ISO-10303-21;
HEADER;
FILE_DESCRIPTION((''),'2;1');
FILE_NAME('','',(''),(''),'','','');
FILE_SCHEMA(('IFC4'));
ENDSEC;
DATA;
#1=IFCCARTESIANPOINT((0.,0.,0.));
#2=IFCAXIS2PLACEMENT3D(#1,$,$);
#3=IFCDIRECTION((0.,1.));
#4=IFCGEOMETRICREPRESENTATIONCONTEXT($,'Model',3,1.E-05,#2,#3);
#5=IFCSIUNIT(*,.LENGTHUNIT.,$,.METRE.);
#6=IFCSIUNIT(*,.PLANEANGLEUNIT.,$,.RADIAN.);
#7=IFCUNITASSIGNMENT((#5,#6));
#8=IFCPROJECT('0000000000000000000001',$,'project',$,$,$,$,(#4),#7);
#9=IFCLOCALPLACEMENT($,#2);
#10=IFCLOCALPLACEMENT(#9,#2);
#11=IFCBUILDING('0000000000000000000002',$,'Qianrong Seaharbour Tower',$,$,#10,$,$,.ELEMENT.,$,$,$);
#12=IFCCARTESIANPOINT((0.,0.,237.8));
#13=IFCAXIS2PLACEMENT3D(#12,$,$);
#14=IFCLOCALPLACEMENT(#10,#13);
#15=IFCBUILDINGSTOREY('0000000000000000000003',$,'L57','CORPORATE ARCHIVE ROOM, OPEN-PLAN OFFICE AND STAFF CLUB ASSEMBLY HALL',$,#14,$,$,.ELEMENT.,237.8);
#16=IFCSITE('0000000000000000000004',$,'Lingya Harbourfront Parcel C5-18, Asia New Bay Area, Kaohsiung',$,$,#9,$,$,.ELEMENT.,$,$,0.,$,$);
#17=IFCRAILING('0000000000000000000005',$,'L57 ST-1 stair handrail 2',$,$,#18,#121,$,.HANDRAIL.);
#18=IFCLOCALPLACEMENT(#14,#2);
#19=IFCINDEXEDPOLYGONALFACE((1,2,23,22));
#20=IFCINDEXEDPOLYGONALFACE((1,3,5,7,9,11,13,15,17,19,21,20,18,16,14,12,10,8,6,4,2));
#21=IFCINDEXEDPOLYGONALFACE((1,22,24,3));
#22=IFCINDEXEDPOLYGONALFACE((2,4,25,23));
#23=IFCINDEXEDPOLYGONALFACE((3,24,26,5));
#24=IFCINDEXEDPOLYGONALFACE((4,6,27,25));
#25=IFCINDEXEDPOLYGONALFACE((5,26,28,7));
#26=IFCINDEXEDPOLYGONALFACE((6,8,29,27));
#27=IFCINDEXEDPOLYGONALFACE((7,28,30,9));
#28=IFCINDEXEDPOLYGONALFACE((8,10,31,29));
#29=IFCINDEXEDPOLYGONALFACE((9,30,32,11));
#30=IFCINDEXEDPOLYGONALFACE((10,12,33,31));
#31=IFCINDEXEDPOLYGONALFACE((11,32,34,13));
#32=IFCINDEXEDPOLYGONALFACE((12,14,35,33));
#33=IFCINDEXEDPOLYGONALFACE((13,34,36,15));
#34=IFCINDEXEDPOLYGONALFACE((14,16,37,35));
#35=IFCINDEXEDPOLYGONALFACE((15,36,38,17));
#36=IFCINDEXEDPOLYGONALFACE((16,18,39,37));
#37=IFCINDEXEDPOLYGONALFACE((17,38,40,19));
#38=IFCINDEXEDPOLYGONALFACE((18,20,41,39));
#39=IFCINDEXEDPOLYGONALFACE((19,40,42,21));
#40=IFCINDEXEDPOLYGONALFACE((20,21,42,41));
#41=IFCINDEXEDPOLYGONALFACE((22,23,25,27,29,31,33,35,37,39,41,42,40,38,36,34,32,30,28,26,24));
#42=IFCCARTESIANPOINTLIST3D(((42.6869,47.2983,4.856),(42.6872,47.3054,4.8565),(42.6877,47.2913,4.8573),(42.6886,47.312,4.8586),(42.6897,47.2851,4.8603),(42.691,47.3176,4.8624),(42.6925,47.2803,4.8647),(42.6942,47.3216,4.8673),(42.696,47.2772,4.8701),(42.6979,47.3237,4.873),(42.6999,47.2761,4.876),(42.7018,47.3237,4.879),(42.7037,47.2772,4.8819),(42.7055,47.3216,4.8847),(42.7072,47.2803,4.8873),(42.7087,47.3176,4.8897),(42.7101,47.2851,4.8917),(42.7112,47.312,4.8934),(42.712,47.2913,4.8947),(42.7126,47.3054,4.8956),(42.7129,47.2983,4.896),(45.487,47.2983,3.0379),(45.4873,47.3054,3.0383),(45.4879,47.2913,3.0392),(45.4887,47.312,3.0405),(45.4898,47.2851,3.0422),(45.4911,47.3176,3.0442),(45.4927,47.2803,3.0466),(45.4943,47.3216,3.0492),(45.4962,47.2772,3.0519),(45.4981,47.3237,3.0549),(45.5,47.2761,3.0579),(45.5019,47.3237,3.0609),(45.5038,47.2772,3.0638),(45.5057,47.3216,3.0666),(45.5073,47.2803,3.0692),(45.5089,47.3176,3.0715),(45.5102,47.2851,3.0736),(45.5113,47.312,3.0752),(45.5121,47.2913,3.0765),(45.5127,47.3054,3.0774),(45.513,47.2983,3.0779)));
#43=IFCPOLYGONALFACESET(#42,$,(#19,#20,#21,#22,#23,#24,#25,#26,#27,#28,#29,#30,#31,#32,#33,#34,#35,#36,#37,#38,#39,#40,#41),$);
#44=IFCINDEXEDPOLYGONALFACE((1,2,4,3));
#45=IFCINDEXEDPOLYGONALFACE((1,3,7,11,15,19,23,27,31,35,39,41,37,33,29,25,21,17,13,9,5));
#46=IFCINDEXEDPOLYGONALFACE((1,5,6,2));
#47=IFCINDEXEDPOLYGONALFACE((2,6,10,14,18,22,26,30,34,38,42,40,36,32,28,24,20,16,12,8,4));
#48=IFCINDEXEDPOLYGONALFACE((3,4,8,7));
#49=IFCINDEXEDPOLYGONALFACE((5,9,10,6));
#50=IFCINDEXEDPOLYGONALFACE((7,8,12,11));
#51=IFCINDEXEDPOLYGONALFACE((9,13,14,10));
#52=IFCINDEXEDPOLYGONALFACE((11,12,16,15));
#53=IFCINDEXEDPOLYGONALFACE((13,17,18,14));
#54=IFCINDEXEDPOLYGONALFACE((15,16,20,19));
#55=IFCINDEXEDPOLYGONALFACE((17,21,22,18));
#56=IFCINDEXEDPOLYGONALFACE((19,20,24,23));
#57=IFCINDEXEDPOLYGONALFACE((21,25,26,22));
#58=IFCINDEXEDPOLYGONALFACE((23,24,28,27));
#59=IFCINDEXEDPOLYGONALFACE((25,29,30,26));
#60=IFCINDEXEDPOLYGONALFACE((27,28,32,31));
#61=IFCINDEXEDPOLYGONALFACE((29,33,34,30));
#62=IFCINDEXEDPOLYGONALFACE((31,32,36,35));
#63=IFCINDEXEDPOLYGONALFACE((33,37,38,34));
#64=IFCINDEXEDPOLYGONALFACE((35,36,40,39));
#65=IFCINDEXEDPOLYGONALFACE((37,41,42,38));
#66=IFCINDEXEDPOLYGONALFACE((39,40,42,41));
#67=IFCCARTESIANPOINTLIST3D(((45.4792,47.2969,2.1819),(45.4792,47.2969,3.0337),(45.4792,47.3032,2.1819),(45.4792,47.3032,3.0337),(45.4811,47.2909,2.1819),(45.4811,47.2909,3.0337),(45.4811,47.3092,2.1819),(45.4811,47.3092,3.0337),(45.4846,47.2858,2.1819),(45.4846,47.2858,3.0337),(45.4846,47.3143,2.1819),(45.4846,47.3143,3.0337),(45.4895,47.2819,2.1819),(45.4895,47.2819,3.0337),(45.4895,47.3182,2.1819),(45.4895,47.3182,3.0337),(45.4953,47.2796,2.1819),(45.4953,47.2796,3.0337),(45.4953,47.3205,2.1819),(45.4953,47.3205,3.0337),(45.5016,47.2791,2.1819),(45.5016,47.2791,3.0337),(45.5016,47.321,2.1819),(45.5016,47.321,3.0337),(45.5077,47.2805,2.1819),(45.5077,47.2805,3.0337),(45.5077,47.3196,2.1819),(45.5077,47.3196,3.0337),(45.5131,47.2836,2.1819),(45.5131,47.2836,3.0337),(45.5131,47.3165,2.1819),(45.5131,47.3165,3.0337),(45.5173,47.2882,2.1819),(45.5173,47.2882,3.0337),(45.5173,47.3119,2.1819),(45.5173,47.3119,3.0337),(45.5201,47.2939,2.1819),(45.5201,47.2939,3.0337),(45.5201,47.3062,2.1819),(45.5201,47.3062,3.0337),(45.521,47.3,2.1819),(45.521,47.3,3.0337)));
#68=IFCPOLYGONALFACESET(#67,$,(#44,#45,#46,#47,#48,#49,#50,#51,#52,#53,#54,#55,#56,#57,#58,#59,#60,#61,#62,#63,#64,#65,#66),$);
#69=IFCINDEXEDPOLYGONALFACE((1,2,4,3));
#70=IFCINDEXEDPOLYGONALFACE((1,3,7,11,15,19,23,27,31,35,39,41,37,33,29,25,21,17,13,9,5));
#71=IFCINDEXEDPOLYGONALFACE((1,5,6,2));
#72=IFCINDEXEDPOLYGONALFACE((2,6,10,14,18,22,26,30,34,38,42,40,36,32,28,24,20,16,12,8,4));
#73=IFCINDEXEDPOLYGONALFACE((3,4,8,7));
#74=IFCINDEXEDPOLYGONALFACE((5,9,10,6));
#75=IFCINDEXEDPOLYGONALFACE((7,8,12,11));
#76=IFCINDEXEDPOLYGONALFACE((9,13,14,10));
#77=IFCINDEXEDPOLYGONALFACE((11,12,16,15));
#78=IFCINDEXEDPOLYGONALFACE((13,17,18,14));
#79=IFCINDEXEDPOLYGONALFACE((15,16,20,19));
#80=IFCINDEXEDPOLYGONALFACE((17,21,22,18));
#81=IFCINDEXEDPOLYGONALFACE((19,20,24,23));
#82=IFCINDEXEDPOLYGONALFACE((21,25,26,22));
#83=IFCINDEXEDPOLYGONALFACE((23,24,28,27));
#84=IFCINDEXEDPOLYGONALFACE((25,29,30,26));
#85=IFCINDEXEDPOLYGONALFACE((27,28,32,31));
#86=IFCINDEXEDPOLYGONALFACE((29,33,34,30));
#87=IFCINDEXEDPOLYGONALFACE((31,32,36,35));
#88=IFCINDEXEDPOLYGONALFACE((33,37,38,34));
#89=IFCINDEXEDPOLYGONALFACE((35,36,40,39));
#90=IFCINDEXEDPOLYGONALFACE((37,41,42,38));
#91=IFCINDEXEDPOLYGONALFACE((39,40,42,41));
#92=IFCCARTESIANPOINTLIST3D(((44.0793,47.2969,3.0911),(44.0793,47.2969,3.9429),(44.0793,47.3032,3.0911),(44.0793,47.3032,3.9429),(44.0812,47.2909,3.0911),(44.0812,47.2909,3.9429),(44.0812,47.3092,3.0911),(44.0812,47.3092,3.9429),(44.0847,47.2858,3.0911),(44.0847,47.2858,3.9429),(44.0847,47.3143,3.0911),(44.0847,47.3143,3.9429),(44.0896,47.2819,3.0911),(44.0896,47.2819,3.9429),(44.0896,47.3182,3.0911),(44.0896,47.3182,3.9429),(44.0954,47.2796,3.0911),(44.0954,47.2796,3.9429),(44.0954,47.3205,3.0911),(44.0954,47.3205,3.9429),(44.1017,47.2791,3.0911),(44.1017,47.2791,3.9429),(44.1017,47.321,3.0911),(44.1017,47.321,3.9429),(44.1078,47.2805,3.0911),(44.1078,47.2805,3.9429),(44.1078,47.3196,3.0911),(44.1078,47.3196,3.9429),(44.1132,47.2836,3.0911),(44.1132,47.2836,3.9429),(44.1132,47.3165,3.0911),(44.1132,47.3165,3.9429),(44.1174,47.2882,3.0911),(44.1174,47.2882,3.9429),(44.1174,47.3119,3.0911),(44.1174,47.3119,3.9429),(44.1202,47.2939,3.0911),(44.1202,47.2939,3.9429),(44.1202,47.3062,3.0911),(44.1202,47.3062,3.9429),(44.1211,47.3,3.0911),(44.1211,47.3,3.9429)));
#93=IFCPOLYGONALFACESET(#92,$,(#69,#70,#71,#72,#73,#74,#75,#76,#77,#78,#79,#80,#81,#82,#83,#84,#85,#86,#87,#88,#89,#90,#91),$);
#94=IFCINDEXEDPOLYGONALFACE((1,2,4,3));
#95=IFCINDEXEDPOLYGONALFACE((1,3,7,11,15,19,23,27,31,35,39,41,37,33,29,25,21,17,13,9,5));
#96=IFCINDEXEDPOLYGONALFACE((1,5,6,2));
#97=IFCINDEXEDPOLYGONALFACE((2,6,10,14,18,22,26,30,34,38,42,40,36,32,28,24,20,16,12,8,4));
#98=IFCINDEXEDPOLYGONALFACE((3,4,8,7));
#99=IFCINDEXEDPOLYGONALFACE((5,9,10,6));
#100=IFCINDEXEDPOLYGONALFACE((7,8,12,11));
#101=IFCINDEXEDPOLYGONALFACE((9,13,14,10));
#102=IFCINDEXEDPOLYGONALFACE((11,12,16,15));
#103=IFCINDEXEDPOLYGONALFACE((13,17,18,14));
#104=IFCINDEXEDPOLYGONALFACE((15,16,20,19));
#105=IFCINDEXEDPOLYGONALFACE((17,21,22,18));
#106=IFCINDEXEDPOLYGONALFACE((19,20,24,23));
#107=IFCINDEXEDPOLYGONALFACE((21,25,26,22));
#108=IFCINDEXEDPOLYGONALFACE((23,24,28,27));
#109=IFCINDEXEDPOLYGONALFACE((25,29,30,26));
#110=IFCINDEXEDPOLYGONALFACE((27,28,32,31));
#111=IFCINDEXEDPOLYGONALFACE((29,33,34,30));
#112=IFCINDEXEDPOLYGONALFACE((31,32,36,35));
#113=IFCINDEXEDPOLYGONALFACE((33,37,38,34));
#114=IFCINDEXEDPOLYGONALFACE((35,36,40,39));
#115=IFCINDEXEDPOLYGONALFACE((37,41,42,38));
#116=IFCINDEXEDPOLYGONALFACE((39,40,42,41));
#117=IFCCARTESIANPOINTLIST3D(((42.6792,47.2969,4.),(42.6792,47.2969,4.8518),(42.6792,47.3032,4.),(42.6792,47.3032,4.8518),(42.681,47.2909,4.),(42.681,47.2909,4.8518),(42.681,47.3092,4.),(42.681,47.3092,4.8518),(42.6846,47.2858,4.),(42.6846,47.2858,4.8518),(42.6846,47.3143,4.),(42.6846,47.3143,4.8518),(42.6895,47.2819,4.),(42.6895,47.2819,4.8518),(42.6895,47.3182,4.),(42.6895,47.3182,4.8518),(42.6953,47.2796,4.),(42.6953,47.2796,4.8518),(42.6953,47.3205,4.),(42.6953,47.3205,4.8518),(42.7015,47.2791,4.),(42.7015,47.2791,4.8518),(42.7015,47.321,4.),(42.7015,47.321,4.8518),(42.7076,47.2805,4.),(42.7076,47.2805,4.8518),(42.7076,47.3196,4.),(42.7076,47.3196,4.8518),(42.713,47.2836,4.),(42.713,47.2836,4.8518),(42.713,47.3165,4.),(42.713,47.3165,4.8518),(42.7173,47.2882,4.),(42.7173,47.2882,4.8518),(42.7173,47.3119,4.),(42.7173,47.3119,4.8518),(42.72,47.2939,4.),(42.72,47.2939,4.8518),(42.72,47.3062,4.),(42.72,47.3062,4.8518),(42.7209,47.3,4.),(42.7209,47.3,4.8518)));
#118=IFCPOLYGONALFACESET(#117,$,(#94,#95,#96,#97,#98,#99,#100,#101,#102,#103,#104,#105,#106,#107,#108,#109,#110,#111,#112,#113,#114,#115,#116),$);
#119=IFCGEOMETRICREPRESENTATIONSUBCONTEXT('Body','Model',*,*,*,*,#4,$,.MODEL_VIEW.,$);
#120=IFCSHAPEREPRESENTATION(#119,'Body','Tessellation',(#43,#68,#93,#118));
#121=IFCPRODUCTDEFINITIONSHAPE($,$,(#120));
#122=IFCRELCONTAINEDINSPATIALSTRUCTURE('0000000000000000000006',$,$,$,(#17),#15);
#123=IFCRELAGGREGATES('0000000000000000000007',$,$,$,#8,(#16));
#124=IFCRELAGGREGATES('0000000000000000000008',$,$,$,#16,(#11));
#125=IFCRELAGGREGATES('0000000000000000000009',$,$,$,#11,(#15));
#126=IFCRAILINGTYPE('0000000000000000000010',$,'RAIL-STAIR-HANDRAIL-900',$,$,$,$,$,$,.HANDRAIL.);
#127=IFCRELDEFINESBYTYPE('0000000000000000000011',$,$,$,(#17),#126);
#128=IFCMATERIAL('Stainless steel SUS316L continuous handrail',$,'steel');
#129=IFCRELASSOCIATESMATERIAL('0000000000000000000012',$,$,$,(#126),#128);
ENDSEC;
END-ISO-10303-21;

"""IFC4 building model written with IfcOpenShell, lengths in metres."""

from ifc_helpers import new_model, si_unit, direction, frame, origin, origin_2d, place, context, subcontext, project, spatial, circle, extrude, material, type_object, element, save


model = new_model("IFC4")

# Units and contexts
model_context = context("Model", 3, precision=1e-05, world=origin(), true_north=direction((0.0, 1.0)))
body_context = subcontext(model_context, "Body", "Model", "MODEL_VIEW")
ifc_project = project(units=[si_unit("LENGTHUNIT", "METRE"), si_unit("PLANEANGLEUNIT", "RADIAN")], contexts=[model_context])

# Site, building, storey
site_placement = place(None, origin())
site = spatial("IfcSite", under=ifc_project, at=site_placement, Name="Lingya Harbourfront Parcel C5-18, Asia New Bay Area, Kaohsiung", CompositionType="ELEMENT", RefElevation=0.0)
building_placement = place(site_placement, origin())
building = spatial("IfcBuilding", under=site, at=building_placement, Name="Qianrong Seaharbour Tower", CompositionType="ELEMENT")
storey_placement = place(building_placement, frame((0.0, 0.0, 237.8)))
storey = spatial("IfcBuildingStorey", under=building, at=storey_placement, Name="L57", Description="CORPORATE ARCHIVE ROOM, OPEN-PLAN OFFICE AND STAFF CLUB ASSEMBLY HALL", CompositionType="ELEMENT", Elevation=237.8)

# Railing
ifc_material_1 = material(Name="Stainless steel SUS316L continuous handrail", Category="steel")
railing_type_1 = type_object("IfcRailingType", Name="RAIL-STAIR-HANDRAIL-900", PredefinedType="HANDRAIL", material=ifc_material_1)
railing_1_placement = place(storey_placement, frame((45.5, 47.3, 2.1819)))
element("IfcRailing", 1, at=railing_1_placement, inside=storey, type_object=railing_type_1, Name="L57 ST-1 stair handrail 2", PredefinedType="HANDRAIL", context=body_context, shape_type="SweptSolid", body=[
    extrude(circle(Radius=0.0239, at=origin_2d()), frame((0.0, 0.0, 0.876), z_axis=(-0.838706, 0.0, 0.544585), x_axis=(0.0, -1.0, 0.0)), (0.0, 0.0, 1.0), 3.3386),
    extrude(circle(Radius=0.021, at=origin_2d()), origin(), (0.0, 0.0, 1.0), 0.8518),
    extrude(circle(Radius=0.021, at=origin_2d()), frame((-1.3999, 0.0, 0.9092)), (0.0, 0.0, 1.0), 0.8518),
    extrude(circle(Radius=0.021, at=origin_2d()), frame((-2.8, 0.0, 1.8181)), (0.0, 0.0, 1.0), 0.8518),
])

save(model, "model.ifc")
